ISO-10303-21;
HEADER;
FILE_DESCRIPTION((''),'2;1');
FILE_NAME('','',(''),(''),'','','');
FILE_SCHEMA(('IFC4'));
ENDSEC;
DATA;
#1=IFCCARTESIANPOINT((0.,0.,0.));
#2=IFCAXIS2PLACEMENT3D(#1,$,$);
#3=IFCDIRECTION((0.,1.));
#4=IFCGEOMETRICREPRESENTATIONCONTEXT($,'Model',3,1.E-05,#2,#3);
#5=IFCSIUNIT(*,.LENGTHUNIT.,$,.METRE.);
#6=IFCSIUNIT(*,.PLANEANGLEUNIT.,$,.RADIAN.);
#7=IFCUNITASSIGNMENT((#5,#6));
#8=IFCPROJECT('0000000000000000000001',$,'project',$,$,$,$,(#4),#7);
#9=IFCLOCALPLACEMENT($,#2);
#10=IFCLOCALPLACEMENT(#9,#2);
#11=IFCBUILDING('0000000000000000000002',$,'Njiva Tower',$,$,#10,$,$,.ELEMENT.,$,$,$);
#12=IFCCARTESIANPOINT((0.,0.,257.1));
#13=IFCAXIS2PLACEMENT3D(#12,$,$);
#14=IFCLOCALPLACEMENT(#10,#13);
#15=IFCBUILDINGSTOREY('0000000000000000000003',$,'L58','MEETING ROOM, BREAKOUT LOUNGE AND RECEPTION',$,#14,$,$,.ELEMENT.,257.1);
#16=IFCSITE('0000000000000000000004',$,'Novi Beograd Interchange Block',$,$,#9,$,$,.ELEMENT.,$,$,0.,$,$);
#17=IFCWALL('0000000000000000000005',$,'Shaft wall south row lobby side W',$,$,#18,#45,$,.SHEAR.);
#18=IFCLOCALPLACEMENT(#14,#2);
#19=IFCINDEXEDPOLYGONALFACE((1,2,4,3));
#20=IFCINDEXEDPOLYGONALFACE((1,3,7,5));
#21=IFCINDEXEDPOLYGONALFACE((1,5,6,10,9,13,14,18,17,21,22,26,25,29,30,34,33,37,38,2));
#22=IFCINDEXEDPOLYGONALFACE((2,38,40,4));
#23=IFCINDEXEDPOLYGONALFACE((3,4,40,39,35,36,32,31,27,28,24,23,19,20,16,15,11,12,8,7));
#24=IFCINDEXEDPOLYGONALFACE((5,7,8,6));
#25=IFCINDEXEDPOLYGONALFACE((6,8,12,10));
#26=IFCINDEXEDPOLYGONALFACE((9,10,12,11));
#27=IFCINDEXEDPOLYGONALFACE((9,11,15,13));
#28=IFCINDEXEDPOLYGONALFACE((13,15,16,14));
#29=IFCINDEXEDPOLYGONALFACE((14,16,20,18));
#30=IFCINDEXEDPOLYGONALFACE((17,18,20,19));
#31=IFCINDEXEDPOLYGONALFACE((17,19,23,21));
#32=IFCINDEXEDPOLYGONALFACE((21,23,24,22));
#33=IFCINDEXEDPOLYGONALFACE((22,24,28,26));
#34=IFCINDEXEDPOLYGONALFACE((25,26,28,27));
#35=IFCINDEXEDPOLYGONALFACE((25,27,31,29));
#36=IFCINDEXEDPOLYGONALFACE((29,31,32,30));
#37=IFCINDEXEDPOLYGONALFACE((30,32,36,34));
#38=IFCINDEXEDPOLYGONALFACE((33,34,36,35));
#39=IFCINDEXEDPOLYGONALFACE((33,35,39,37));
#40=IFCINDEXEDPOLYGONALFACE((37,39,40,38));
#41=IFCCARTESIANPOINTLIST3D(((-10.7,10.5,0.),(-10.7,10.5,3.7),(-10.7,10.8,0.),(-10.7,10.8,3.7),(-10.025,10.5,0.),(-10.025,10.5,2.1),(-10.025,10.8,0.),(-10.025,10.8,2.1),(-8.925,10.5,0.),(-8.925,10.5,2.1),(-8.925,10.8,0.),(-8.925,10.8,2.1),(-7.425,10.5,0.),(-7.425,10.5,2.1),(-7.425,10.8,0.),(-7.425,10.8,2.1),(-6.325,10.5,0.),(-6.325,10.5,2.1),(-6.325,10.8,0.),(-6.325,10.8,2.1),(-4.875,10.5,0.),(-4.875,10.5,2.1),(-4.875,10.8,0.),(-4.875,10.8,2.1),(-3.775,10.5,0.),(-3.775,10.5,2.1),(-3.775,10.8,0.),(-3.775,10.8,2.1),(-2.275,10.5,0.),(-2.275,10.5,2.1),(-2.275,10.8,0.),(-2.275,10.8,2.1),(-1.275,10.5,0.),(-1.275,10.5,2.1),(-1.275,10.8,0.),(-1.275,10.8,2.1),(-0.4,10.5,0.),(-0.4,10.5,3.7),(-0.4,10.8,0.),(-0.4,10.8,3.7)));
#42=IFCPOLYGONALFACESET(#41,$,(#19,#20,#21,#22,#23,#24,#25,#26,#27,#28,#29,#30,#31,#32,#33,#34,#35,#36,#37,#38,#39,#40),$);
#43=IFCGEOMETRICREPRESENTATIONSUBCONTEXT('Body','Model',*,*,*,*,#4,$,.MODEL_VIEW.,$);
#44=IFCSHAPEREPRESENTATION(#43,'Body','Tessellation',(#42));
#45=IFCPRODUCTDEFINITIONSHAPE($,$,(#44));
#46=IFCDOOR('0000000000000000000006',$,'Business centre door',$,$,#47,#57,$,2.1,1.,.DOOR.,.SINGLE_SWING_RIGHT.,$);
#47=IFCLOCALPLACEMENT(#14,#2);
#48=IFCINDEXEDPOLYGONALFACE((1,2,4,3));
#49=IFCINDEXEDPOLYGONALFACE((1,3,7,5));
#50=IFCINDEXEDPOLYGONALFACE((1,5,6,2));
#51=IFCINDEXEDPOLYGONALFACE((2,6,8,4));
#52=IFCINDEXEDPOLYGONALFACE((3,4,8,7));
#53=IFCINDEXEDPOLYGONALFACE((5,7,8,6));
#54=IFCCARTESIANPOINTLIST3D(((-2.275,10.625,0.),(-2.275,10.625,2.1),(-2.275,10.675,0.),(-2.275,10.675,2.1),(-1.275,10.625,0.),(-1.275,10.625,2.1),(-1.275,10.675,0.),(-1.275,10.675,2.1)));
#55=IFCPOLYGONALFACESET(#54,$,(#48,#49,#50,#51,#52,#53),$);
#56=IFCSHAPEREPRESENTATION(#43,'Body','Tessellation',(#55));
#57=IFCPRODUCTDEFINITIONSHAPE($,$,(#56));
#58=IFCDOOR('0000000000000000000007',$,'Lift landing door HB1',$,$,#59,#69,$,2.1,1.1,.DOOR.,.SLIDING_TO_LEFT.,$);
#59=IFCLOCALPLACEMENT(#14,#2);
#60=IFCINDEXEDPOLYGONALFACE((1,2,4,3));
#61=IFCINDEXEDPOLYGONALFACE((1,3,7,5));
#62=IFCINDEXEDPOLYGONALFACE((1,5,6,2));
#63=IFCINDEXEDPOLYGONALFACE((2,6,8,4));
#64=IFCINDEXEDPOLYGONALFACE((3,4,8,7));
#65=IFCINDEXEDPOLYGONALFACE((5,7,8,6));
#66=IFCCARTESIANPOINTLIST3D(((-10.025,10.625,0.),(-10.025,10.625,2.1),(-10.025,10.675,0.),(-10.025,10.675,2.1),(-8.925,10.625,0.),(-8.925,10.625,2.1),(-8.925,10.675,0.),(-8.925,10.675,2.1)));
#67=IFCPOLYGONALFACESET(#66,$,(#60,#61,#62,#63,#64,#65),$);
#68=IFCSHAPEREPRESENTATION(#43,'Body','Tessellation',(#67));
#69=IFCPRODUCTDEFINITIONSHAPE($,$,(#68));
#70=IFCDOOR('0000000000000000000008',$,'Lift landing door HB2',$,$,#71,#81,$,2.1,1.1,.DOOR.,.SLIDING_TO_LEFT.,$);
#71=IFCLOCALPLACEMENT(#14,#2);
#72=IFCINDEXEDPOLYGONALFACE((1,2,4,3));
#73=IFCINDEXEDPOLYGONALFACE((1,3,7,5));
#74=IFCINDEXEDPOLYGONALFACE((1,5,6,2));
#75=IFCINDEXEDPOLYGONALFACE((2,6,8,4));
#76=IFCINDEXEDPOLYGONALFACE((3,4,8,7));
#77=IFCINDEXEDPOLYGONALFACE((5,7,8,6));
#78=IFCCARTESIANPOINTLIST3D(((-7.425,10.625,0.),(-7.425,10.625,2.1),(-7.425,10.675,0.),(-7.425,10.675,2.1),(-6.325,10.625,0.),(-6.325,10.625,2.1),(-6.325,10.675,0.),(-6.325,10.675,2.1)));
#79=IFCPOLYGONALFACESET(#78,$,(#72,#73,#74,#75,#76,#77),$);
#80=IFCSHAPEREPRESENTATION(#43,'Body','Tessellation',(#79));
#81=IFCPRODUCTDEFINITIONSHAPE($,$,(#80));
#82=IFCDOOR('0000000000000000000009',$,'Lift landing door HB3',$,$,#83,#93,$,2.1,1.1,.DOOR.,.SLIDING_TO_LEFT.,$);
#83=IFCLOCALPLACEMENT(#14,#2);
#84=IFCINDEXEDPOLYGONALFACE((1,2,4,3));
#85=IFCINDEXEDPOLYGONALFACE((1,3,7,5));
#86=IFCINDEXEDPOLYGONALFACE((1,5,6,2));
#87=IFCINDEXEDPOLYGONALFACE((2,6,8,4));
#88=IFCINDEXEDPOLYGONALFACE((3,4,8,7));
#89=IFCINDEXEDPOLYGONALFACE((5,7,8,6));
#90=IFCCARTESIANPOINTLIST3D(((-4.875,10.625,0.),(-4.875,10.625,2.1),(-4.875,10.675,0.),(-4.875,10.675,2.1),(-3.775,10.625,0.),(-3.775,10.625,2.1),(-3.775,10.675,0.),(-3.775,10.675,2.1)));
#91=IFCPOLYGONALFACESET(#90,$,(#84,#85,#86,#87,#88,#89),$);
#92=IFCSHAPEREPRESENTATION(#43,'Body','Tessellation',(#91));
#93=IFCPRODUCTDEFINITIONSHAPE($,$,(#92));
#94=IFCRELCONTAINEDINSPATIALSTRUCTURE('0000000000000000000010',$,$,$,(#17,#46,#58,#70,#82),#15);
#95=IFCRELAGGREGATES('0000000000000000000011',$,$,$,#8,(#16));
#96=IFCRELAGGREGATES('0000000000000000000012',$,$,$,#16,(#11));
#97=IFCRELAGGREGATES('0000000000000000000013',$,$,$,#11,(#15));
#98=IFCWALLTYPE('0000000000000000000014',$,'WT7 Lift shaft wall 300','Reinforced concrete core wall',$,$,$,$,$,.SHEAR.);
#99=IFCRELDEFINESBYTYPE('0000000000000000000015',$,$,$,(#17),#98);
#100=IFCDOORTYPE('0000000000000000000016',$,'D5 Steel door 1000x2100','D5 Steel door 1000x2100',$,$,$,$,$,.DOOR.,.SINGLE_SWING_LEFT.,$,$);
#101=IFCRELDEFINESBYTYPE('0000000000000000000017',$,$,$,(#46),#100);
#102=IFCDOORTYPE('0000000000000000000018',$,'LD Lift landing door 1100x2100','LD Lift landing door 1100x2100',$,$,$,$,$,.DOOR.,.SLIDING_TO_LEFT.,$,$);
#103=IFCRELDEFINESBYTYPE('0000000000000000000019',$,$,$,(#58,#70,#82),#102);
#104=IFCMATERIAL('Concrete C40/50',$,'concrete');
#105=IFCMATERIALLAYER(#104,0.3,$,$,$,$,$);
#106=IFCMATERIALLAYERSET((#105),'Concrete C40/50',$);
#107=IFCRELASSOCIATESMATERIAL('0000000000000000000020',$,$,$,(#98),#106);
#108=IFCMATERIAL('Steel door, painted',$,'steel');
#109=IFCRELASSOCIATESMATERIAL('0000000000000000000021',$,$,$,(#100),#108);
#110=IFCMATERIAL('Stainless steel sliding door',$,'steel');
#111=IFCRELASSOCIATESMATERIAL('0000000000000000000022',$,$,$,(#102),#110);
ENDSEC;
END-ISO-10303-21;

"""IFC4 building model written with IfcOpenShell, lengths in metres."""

from ifc_helpers import new_model, si_unit, direction, frame, frame_2d, origin, place, context, subcontext, project, spatial, rectangle, extrude, material, layer, layer_set, type_object, element, fill, save


model = new_model("IFC4")

# Units and contexts
model_context = context("Model", 3, precision=1e-05, world=origin(), true_north=direction((0.0, 1.0)))
body_context = subcontext(model_context, "Body", "Model", "MODEL_VIEW")
ifc_project = project(units=[si_unit("LENGTHUNIT", "METRE"), si_unit("PLANEANGLEUNIT", "RADIAN")], contexts=[model_context])

# Site, building, storey
site_placement = place(None, origin())
site = spatial("IfcSite", under=ifc_project, at=site_placement, Name="Novi Beograd Interchange Block", CompositionType="ELEMENT", RefElevation=0.0)
building_placement = place(site_placement, origin())
building = spatial("IfcBuilding", under=site, at=building_placement, Name="Njiva Tower", CompositionType="ELEMENT")
storey_placement = place(building_placement, frame((0.0, 0.0, 257.1)))
storey = spatial("IfcBuildingStorey", under=building, at=storey_placement, Name="L58", Description="MEETING ROOM, BREAKOUT LOUNGE AND RECEPTION", CompositionType="ELEMENT", Elevation=257.1)

# Shared definitions
ifc_material_1 = material(Name="Concrete C40/50", Category="concrete")

# Wall, openings, doors
ifc_layer_1 = layer(ifc_material_1, 0.3)
ifc_layer_set_1 = layer_set([ifc_layer_1], Name="Concrete C40/50")
wall_type_1 = type_object("IfcWallType", Name="WT7 Lift shaft wall 300", Description="Reinforced concrete core wall", PredefinedType="SHEAR", material=ifc_layer_set_1)
ifc_material_2 = material(Name="Steel door, painted", Category="steel")
door_type_1 = type_object("IfcDoorType", Name="D5 Steel door 1000x2100", Description="D5 Steel door 1000x2100", OperationType="SINGLE_SWING_LEFT", PredefinedType="DOOR", material=ifc_material_2)
ifc_material_3 = material(Name="Stainless steel sliding door", Category="steel")
door_type_2 = type_object("IfcDoorType", Name="LD Lift landing door 1100x2100", Description="LD Lift landing door 1100x2100", OperationType="SLIDING_TO_LEFT", PredefinedType="DOOR", material=ifc_material_3)
wall_1_placement = place(storey_placement, frame((-10.7, 10.65, 0.0), z_axis=(0.0, 0.0, 1.0), x_axis=(1.0, 0.0, 0.0)))
wall_1 = element("IfcWall", 1, at=wall_1_placement, inside=storey, type_object=wall_type_1, Name="Shaft wall south row lobby side W", PredefinedType="SHEAR", context=body_context, shape_type="SweptSolid", body=[
    extrude(rectangle(XDim=10.3, YDim=0.3, at=frame_2d((5.15, 0.0))), origin(), (0.0, 0.0, 1.0), 3.7),
])
opening_1_placement = place(wall_1_placement, frame((0.675, 0.0, 0.0)))
opening_1 = element("IfcOpeningElement", 2, at=opening_1_placement, cuts=wall_1, PredefinedType="OPENING", context=body_context, shape_type="SweptSolid", body=[
    extrude(rectangle(XDim=1.1, YDim=2.1, at=frame_2d((0.55, 1.05))), frame((0.0, 0.16, 0.0), z_axis=(0.0, -1.0, 0.0), x_axis=(1.0, 0.0, 0.0)), (0.0, 0.0, 1.0), 0.32),
])
opening_2_placement = place(wall_1_placement, frame((3.275, 0.0, 0.0)))
opening_2 = element("IfcOpeningElement", 3, at=opening_2_placement, cuts=wall_1, PredefinedType="OPENING", context=body_context, shape_type="SweptSolid", body=[
    extrude(rectangle(XDim=1.1, YDim=2.1, at=frame_2d((0.55, 1.05))), frame((0.0, 0.16, 0.0), z_axis=(0.0, -1.0, 0.0), x_axis=(1.0, 0.0, 0.0)), (0.0, 0.0, 1.0), 0.32),
])
opening_3_placement = place(wall_1_placement, frame((5.825, 0.0, 0.0)))
opening_3 = element("IfcOpeningElement", 4, at=opening_3_placement, cuts=wall_1, PredefinedType="OPENING", context=body_context, shape_type="SweptSolid", body=[
    extrude(rectangle(XDim=1.1, YDim=2.1, at=frame_2d((0.55, 1.05))), frame((0.0, 0.16, 0.0), z_axis=(0.0, -1.0, 0.0), x_axis=(1.0, 0.0, 0.0)), (0.0, 0.0, 1.0), 0.32),
])
opening_4_placement = place(wall_1_placement, frame((8.425, 0.0, 0.0)))
opening_4 = element("IfcOpeningElement", 5, at=opening_4_placement, cuts=wall_1, PredefinedType="OPENING", context=body_context, shape_type="SweptSolid", body=[
    extrude(rectangle(XDim=1.0, YDim=2.1, at=frame_2d((0.5, 1.05))), frame((0.0, 0.16, 0.0), z_axis=(0.0, -1.0, 0.0), x_axis=(1.0, 0.0, 0.0)), (0.0, 0.0, 1.0), 0.32),
])
door_1_placement = place(opening_4_placement, origin())
door_1 = element("IfcDoor", 6, at=door_1_placement, inside=storey, type_object=door_type_1, Name="Business centre door", OperationType="SINGLE_SWING_RIGHT", OverallHeight=2.1, OverallWidth=1.0, PredefinedType="DOOR", context=body_context, shape_type="SweptSolid", body=[
    extrude(rectangle(XDim=1.0, YDim=2.1, at=frame_2d((0.5, 1.05))), frame((0.0, 0.025, 0.0), z_axis=(0.0, -1.0, 0.0), x_axis=(1.0, 0.0, 0.0)), (0.0, 0.0, 1.0), 0.05),
])
fill(opening_4, door_1)
door_2_placement = place(opening_1_placement, origin())
door_2 = element("IfcDoor", 7, at=door_2_placement, inside=storey, type_object=door_type_2, Name="Lift landing door HB1", OperationType="SLIDING_TO_LEFT", OverallHeight=2.1, OverallWidth=1.1, PredefinedType="DOOR", context=body_context, shape_type="SweptSolid", body=[
    extrude(rectangle(XDim=1.1, YDim=2.1, at=frame_2d((0.55, 1.05))), frame((0.0, 0.025, 0.0), z_axis=(0.0, -1.0, 0.0), x_axis=(1.0, 0.0, 0.0)), (0.0, 0.0, 1.0), 0.05),
])
fill(opening_1, door_2)
door_3_placement = place(opening_2_placement, origin())
door_3 = element("IfcDoor", 8, at=door_3_placement, inside=storey, type_object=door_type_2, Name="Lift landing door HB2", OperationType="SLIDING_TO_LEFT", OverallHeight=2.1, OverallWidth=1.1, PredefinedType="DOOR", context=body_context, shape_type="SweptSolid", body=[
    extrude(rectangle(XDim=1.1, YDim=2.1, at=frame_2d((0.55, 1.05))), frame((0.0, 0.025, 0.0), z_axis=(0.0, -1.0, 0.0), x_axis=(1.0, 0.0, 0.0)), (0.0, 0.0, 1.0), 0.05),
])
fill(opening_2, door_3)
door_4_placement = place(opening_3_placement, origin())
door_4 = element("IfcDoor", 9, at=door_4_placement, inside=storey, type_object=door_type_2, Name="Lift landing door HB3", OperationType="SLIDING_TO_LEFT", OverallHeight=2.1, OverallWidth=1.1, PredefinedType="DOOR", context=body_context, shape_type="SweptSolid", body=[
    extrude(rectangle(XDim=1.1, YDim=2.1, at=frame_2d((0.55, 1.05))), frame((0.0, 0.025, 0.0), z_axis=(0.0, -1.0, 0.0), x_axis=(1.0, 0.0, 0.0)), (0.0, 0.0, 1.0), 0.05),
])
fill(opening_3, door_4)

save(model, "model.ifc")
